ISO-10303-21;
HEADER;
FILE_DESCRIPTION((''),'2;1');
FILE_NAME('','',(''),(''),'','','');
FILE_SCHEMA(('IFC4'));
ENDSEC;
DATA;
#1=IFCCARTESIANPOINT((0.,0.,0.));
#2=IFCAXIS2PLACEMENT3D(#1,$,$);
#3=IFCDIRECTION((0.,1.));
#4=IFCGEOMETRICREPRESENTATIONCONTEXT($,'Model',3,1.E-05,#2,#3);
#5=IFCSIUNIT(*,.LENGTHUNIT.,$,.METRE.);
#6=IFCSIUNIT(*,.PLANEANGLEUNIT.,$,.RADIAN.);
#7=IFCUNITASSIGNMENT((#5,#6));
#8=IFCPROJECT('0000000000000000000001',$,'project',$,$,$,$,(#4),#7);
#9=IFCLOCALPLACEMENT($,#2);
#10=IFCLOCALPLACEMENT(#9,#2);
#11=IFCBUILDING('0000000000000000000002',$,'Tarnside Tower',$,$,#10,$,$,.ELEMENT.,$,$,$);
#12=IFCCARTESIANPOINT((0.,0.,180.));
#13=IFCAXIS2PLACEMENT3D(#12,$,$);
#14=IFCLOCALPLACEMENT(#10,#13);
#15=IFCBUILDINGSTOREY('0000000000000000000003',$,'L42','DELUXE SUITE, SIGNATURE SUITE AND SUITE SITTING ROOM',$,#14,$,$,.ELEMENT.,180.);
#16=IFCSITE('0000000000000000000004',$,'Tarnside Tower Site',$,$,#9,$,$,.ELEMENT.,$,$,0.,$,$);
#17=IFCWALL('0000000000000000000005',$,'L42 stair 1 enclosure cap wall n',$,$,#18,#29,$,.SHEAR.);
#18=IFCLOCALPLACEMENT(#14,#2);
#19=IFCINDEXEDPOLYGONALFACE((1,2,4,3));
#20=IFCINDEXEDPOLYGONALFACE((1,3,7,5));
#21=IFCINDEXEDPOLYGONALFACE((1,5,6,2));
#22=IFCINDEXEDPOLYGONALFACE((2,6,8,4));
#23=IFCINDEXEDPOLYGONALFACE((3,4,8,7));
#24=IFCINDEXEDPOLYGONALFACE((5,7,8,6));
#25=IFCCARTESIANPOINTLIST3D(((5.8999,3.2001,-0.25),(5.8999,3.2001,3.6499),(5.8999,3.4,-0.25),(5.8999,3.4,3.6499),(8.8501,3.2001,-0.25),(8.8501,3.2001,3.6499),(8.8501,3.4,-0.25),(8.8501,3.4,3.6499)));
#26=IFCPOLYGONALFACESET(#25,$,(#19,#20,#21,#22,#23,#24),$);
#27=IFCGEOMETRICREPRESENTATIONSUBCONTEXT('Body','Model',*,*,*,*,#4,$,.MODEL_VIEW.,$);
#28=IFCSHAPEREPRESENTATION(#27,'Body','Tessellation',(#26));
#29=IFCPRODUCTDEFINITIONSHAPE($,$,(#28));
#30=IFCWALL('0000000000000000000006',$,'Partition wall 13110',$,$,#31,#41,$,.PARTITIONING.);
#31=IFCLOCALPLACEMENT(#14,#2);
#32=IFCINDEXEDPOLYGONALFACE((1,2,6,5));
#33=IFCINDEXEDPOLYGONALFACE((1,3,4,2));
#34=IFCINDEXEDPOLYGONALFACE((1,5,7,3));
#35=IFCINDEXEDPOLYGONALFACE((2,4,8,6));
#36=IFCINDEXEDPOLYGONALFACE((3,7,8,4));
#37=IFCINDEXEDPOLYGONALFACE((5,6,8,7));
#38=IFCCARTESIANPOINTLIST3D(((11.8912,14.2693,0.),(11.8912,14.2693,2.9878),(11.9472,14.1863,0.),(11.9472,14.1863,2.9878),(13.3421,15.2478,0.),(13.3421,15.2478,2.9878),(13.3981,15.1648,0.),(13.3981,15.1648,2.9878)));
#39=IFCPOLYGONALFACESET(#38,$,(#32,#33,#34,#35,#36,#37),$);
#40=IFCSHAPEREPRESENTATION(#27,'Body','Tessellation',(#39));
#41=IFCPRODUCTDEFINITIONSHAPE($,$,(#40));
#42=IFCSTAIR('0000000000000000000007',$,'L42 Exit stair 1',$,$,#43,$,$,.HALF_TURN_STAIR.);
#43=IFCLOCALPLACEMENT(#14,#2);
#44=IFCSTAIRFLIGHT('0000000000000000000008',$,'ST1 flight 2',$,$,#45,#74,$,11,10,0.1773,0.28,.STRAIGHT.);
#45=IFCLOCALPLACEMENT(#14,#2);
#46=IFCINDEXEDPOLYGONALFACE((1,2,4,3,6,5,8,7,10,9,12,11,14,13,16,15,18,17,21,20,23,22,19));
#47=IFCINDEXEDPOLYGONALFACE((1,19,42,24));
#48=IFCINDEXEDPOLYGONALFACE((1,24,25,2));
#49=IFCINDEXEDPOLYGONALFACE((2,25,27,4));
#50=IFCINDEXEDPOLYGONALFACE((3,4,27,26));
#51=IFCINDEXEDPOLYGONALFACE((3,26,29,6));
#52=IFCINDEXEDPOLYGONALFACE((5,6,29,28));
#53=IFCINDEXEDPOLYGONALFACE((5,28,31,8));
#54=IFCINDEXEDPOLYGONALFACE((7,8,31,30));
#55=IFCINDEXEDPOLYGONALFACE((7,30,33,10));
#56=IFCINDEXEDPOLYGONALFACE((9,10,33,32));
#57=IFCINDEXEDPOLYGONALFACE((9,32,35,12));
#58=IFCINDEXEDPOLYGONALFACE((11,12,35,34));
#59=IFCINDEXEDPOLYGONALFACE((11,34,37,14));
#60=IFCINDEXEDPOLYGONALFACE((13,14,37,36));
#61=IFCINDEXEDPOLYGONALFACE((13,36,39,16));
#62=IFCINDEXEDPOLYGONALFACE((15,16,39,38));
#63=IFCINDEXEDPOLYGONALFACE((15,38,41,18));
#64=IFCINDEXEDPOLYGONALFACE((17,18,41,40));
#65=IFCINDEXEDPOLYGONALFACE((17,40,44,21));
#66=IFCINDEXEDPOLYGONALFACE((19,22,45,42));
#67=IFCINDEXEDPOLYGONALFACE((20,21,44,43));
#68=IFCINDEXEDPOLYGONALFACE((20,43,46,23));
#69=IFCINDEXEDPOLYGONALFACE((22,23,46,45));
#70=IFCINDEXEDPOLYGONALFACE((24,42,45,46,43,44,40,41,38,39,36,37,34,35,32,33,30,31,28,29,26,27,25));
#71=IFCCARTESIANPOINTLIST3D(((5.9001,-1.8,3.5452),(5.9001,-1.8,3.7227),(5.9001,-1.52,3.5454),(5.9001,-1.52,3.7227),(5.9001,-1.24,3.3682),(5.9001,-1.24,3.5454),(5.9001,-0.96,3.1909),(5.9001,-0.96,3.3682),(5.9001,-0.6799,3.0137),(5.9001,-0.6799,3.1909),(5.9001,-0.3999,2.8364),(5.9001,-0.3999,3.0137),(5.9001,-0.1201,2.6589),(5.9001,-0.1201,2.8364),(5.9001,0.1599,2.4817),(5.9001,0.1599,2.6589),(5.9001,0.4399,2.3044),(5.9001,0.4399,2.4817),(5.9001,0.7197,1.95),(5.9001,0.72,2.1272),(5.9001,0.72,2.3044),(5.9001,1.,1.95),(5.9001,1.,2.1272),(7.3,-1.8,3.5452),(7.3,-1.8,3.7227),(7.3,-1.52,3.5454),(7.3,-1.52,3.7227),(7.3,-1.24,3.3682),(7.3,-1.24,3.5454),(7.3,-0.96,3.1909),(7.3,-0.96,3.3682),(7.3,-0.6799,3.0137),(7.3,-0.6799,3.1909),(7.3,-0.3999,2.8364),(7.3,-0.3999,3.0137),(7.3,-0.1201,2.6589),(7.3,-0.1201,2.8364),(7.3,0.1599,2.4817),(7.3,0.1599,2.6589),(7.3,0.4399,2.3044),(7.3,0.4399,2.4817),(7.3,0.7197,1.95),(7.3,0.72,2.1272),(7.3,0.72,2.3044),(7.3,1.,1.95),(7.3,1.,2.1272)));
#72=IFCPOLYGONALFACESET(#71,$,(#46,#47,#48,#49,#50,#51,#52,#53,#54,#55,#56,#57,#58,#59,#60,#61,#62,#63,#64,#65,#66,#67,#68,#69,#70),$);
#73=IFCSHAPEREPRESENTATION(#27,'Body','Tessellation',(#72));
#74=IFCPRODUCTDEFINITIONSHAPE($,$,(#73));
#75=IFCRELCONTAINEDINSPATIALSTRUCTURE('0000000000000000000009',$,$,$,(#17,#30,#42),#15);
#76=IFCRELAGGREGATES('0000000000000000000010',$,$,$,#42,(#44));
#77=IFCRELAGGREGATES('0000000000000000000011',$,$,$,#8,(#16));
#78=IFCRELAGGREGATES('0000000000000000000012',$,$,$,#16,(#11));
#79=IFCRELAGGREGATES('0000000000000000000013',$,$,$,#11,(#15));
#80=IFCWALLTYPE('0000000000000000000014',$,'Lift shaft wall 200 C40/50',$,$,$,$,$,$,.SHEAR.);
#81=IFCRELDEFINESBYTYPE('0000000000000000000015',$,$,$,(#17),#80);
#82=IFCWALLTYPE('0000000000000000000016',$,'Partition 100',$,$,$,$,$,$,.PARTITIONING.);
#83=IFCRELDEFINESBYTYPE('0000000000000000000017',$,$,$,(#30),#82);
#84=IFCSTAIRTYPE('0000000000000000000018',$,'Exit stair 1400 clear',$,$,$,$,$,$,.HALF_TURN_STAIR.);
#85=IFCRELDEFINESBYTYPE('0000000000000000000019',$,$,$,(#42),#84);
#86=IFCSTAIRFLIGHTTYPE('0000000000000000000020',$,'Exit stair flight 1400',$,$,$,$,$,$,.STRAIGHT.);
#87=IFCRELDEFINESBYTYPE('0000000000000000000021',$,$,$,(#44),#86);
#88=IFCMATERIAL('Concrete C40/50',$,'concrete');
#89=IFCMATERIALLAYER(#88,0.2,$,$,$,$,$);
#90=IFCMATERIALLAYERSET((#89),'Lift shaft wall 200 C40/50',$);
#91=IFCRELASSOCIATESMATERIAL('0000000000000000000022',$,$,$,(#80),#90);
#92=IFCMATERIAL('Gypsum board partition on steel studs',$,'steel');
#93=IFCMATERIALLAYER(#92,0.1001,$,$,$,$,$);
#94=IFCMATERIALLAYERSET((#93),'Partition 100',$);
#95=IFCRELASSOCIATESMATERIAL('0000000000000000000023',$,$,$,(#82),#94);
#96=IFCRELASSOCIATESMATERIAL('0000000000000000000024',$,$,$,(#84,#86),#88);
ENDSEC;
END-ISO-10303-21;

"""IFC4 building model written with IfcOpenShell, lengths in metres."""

from ifc_helpers import new_model, si_unit, direction, frame, frame_2d, origin, place, context, subcontext, project, spatial, polyline, rectangle, outline, extrude, material, layer, layer_set, type_object, element, aggregate, save


model = new_model("IFC4")

# Units and contexts
model_context = context("Model", 3, precision=1e-05, world=origin(), true_north=direction((0.0, 1.0)))
body_context = subcontext(model_context, "Body", "Model", "MODEL_VIEW")
ifc_project = project(units=[si_unit("LENGTHUNIT", "METRE"), si_unit("PLANEANGLEUNIT", "RADIAN")], contexts=[model_context])

# Site, building, storey
site_placement = place(None, origin())
site = spatial("IfcSite", under=ifc_project, at=site_placement, Name="Tarnside Tower Site", CompositionType="ELEMENT", RefElevation=0.0)
building_placement = place(site_placement, origin())
building = spatial("IfcBuilding", under=site, at=building_placement, Name="Tarnside Tower", CompositionType="ELEMENT")
storey_placement = place(building_placement, frame((0.0, 0.0, 180.0)))
storey = spatial("IfcBuildingStorey", under=building, at=storey_placement, Name="L42", Description="DELUXE SUITE, SIGNATURE SUITE AND SUITE SITTING ROOM", CompositionType="ELEMENT", Elevation=180.0)

# Shared definitions
ifc_material_1 = material(Name="Gypsum board partition on steel studs", Category="steel")

# Walls
ifc_material_2 = material(Name="Concrete C40/50", Category="concrete")
ifc_layer_1 = layer(ifc_material_2, 0.2)
ifc_layer_set_1 = layer_set([ifc_layer_1], Name="Lift shaft wall 200 C40/50")
wall_type_1 = type_object("IfcWallType", Name="Lift shaft wall 200 C40/50", PredefinedType="SHEAR", material=ifc_layer_set_1)
wall_1_placement = place(storey_placement, frame((5.8999, 3.3, -0.25), z_axis=(0.0, 0.0, 1.0), x_axis=(1.0, 0.0, 0.0)))
element("IfcWall", 1, at=wall_1_placement, inside=storey, type_object=wall_type_1, Name="L42 stair 1 enclosure cap wall n", PredefinedType="SHEAR", context=body_context, shape_type="SweptSolid", body=[
    extrude(rectangle(XDim=2.9502, YDim=0.2, at=frame_2d((1.4751, 0.0))), origin(), (0.0, 0.0, 1.0), 3.8999),
])
ifc_layer_2 = layer(ifc_material_1, 0.1001)
ifc_layer_set_2 = layer_set([ifc_layer_2], Name="Partition 100")
wall_type_2 = type_object("IfcWallType", Name="Partition 100", PredefinedType="PARTITIONING", material=ifc_layer_set_2)
wall_2_placement = place(storey_placement, frame((11.9192, 14.2278, 0.0), z_axis=(0.0, 0.0, 1.0), x_axis=(0.829077, 0.559135, 0.0)))
element("IfcWall", 2, at=wall_2_placement, inside=storey, type_object=wall_type_2, Name="Partition wall 13110", PredefinedType="PARTITIONING", context=body_context, shape_type="SweptSolid", body=[
    extrude(rectangle(XDim=1.75, YDim=0.1001, at=frame_2d((0.875, 0.0))), origin(), (0.0, 0.0, 1.0), 2.9878),
])

# Stair, stair flight
stair_type = type_object("IfcStairType", Name="Exit stair 1400 clear", PredefinedType="HALF_TURN_STAIR", material=ifc_material_2)
stair_placement = place(storey_placement, origin())
stair = element("IfcStair", 3, at=stair_placement, inside=storey, type_object=stair_type, Name="L42 Exit stair 1", PredefinedType="HALF_TURN_STAIR")
stair_flight_type = type_object("IfcStairFlightType", Name="Exit stair flight 1400", PredefinedType="STRAIGHT", material=ifc_material_2)
stair_flight_placement = place(storey_placement, frame((6.6001, 1.0, 1.95), z_axis=(0.0, 0.0, 1.0), x_axis=(0.0, -1.0, 0.0)))
stair_flight = element("IfcStairFlight", 4, at=stair_flight_placement, type_object=stair_flight_type, Name="ST1 flight 2", NumberOfRisers=11, NumberOfTreads=10, PredefinedType="STRAIGHT", RiserHeight=0.1773, TreadLength=0.28, context=body_context, shape_type="SweptSolid", body=[
    extrude(outline(polyline([(0.0, 0.0), (0.0, 0.1772), (0.28, 0.1772), (0.28, 0.3545), (0.5601, 0.3545), (0.5601, 0.5317), (0.8401, 0.5317), (0.8401, 0.709), (1.1201, 0.709), (1.1201, 0.8865), (1.3999, 0.8865), (1.3999, 1.0637), (1.6799, 1.0637), (1.6799, 1.241), (1.96, 1.241), (1.96, 1.4182), (2.24, 1.4182), (2.24, 1.5955), (2.52, 1.5955), (2.52, 1.7727), (2.8, 1.7727), (2.8, 1.95), (2.8, 1.5952), (0.2803, 0.0), (0.0, 0.0)])), frame((0.0, 0.7, 0.0), z_axis=(0.0, -1.0, 0.0), x_axis=(1.0, 0.0, 0.0)), (0.0, 0.0, 1.0), 1.3999),
])
aggregate(stair, [stair_flight])

save(model, "model.ifc")
